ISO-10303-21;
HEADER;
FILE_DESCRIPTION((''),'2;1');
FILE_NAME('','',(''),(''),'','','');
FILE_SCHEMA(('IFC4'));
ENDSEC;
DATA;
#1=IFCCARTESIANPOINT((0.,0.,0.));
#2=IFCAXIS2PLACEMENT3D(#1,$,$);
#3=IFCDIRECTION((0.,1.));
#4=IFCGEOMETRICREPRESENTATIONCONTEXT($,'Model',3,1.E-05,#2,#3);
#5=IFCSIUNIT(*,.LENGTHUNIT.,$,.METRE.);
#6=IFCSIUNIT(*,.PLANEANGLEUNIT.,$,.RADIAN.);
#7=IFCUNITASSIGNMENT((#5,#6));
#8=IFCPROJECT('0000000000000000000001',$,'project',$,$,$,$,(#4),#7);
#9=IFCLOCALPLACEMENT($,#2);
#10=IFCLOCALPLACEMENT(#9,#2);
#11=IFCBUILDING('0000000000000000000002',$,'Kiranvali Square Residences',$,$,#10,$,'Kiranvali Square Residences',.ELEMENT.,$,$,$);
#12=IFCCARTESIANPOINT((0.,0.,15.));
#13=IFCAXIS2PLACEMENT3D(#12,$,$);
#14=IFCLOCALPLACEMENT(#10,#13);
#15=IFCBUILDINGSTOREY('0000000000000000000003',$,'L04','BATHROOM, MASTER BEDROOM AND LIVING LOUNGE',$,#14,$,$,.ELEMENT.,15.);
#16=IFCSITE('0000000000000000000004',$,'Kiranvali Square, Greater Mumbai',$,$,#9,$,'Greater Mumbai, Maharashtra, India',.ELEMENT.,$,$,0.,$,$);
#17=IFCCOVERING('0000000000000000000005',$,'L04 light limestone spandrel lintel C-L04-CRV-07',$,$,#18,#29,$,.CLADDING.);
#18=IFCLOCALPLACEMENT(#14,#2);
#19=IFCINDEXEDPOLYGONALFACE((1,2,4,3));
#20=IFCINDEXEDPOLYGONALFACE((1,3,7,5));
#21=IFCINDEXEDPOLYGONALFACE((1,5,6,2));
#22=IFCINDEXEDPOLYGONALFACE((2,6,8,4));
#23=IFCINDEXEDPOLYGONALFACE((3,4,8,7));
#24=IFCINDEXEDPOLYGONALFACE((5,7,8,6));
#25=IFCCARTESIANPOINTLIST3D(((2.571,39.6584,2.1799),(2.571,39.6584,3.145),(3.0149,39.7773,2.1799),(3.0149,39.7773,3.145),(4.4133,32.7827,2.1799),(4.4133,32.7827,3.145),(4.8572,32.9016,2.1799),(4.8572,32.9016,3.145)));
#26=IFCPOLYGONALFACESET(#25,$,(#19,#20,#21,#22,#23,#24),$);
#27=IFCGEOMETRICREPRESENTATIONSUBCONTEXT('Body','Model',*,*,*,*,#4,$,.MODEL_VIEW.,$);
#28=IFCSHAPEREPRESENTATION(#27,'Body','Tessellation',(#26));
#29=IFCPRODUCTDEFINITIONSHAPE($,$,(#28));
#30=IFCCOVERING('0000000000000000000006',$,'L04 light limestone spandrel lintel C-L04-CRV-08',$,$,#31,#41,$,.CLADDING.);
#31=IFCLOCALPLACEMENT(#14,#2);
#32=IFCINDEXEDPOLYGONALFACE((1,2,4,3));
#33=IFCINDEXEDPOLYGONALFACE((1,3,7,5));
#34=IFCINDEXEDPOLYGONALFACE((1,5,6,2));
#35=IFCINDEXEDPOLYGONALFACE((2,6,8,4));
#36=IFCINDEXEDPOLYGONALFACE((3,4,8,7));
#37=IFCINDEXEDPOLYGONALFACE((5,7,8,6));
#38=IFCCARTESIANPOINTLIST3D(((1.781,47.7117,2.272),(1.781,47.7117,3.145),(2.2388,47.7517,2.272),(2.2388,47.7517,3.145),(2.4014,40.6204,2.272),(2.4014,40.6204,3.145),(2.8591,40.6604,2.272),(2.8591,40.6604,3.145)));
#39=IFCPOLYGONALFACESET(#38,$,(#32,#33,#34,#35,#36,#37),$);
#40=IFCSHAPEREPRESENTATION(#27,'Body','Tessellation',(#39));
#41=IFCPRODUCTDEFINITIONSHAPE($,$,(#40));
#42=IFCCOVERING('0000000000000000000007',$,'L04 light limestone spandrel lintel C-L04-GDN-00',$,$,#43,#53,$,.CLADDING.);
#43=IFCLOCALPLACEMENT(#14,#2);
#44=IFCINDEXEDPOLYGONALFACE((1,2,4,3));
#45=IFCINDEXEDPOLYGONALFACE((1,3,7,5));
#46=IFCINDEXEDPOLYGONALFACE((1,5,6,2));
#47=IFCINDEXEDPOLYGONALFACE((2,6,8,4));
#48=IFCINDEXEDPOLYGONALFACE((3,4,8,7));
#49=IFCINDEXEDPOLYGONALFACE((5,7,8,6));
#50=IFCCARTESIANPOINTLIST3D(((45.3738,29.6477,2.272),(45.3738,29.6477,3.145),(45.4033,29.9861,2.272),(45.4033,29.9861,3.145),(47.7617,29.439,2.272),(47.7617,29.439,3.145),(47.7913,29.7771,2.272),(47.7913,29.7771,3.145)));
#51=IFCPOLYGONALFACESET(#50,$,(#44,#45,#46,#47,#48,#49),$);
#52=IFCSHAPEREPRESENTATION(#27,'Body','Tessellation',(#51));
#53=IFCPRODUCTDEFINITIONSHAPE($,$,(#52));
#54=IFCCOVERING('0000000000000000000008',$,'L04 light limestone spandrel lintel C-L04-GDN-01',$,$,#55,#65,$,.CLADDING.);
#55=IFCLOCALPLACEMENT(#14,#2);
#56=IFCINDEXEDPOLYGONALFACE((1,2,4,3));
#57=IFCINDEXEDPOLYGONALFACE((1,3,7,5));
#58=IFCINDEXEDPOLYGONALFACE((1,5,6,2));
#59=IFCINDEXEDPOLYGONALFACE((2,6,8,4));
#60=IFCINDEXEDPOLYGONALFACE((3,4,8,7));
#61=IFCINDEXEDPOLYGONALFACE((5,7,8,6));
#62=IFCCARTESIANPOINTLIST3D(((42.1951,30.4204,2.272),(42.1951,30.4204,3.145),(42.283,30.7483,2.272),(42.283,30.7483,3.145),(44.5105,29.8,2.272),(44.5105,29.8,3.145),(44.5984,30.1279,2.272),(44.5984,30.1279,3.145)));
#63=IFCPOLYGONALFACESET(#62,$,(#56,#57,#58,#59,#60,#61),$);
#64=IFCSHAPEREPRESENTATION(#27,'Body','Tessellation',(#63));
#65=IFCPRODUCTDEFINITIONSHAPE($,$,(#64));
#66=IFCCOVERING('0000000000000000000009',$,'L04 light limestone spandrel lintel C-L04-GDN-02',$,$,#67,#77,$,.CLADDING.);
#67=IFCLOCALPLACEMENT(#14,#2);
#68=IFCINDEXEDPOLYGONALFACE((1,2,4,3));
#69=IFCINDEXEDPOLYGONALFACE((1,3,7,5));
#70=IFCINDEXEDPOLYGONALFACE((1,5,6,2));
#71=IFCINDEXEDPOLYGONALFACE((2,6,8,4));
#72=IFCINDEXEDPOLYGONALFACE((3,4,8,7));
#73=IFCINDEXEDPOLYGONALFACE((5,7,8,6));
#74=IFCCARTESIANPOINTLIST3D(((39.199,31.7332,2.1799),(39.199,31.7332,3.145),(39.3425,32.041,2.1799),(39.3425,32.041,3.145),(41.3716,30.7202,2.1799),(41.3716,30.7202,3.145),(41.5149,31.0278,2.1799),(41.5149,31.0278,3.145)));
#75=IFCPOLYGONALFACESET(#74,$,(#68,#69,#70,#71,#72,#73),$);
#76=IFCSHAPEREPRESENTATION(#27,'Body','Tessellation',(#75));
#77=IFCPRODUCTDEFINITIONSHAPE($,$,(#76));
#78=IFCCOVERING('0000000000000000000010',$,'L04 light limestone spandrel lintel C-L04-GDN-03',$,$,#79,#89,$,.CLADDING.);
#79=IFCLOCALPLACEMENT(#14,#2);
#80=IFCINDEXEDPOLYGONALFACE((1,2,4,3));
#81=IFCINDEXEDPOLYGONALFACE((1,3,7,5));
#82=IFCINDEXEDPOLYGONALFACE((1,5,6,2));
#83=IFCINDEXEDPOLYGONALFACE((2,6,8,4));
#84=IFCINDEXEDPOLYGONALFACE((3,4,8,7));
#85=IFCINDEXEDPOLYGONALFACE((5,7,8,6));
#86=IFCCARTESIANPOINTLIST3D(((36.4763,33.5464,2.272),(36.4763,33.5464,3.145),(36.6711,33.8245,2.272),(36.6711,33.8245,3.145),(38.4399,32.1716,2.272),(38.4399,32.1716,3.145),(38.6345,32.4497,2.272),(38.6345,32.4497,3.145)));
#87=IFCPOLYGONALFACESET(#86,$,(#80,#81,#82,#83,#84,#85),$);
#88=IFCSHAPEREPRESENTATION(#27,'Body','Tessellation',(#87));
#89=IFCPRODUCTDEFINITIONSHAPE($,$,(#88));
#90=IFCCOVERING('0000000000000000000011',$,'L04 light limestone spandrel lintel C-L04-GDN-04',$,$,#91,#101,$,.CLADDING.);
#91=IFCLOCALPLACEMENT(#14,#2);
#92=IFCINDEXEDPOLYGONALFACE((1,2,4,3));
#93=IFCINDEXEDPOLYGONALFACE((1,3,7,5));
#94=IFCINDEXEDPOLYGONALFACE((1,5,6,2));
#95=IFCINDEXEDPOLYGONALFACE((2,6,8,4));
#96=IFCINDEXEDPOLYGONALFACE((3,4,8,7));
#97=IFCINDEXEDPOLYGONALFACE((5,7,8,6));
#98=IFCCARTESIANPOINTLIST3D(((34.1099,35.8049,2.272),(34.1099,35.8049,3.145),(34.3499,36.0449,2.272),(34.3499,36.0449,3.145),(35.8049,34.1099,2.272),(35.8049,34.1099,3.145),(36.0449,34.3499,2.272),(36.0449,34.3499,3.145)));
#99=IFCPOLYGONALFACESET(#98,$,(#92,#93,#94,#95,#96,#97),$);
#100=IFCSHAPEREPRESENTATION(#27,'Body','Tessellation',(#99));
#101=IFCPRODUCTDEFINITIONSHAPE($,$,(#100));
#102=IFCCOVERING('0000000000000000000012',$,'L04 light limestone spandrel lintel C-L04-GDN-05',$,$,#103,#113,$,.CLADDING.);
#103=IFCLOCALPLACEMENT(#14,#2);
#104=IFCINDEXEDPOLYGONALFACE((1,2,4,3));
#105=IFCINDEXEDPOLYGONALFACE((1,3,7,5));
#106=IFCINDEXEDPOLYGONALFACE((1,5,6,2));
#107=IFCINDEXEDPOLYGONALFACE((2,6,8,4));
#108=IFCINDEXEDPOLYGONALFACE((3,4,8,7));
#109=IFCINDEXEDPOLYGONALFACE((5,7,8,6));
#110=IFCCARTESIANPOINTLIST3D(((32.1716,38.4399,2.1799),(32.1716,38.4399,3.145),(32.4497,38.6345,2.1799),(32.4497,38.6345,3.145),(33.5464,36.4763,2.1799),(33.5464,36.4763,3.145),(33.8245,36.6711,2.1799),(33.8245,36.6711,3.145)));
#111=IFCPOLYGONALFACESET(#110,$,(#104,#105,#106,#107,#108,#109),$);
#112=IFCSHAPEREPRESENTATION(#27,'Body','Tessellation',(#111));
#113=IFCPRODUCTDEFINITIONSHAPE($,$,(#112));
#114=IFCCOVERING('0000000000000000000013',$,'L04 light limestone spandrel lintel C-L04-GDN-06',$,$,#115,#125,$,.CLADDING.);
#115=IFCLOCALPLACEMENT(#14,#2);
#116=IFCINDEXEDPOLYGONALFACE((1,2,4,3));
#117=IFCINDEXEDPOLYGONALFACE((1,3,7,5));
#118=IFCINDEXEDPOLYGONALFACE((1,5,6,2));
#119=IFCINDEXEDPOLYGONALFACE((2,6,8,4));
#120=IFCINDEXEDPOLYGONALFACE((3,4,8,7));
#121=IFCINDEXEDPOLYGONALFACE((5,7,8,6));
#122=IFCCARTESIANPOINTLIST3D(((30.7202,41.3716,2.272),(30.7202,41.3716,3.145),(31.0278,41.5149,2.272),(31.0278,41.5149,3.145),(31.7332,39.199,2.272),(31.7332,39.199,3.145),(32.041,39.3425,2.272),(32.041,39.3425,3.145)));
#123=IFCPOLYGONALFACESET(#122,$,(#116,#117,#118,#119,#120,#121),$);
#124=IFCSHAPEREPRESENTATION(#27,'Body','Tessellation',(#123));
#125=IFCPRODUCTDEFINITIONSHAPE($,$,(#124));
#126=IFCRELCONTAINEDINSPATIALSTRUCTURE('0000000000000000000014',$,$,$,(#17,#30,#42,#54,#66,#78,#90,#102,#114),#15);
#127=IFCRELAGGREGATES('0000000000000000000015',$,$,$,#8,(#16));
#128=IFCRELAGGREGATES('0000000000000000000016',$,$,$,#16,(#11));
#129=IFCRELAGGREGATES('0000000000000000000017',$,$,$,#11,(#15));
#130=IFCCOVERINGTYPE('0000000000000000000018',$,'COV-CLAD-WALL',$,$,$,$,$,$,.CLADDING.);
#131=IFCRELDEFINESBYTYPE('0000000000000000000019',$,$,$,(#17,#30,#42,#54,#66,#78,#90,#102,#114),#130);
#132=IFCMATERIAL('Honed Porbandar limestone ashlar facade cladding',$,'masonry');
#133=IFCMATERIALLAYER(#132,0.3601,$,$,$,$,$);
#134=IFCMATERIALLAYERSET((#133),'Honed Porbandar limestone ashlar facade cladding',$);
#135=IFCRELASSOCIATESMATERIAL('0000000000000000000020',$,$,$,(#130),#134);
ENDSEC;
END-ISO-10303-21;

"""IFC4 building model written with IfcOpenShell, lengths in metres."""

from ifc_helpers import new_model, si_unit, direction, frame, origin, place, context, subcontext, project, spatial, polyline, outline, extrude, material, layer, layer_set, type_object, element, save


model = new_model("IFC4")

# Units and contexts
model_context = context("Model", 3, precision=1e-05, world=origin(), true_north=direction((0.0, 1.0)))
body_context = subcontext(model_context, "Body", "Model", "MODEL_VIEW")
ifc_project = project(units=[si_unit("LENGTHUNIT", "METRE"), si_unit("PLANEANGLEUNIT", "RADIAN")], contexts=[model_context])

# Site, building, storey
site_placement = place(None, origin())
site = spatial("IfcSite", under=ifc_project, at=site_placement, Name="Kiranvali Square, Greater Mumbai", LongName="Greater Mumbai, Maharashtra, India", CompositionType="ELEMENT", RefElevation=0.0)
building_placement = place(site_placement, origin())
building = spatial("IfcBuilding", under=site, at=building_placement, Name="Kiranvali Square Residences", LongName="Kiranvali Square Residences", CompositionType="ELEMENT")
storey_placement = place(building_placement, frame((0.0, 0.0, 15.0)))
storey = spatial("IfcBuildingStorey", under=building, at=storey_placement, Name="L04", Description="BATHROOM, MASTER BEDROOM AND LIVING LOUNGE", CompositionType="ELEMENT", Elevation=15.0)

# Coverings
ifc_material = material(Name="Honed Porbandar limestone ashlar facade cladding", Category="masonry")
ifc_layer = layer(ifc_material, 0.3601)
ifc_layer_set = layer_set([ifc_layer], Name="Honed Porbandar limestone ashlar facade cladding")
covering_type = type_object("IfcCoveringType", Name="COV-CLAD-WALL", PredefinedType="CLADDING", material=ifc_layer_set)
covering_1_placement = place(storey_placement, frame((0.0, 0.0, 2.1799)))
element("IfcCovering", 1, at=covering_1_placement, inside=storey, type_object=covering_type, Name="L04 light limestone spandrel lintel C-L04-CRV-07", PredefinedType="CLADDING", context=body_context, shape_type="SweptSolid", body=[
    extrude(outline(polyline([(4.8572, 32.9016), (3.0149, 39.7773), (2.571, 39.6584), (4.4133, 32.7827), (4.8572, 32.9016)])), origin(), (0.0, 0.0, 1.0), 0.9651),
])
covering_2_placement = place(storey_placement, frame((0.0, 0.0, 2.272)))
element("IfcCovering", 2, at=covering_2_placement, inside=storey, type_object=covering_type, Name="L04 light limestone spandrel lintel C-L04-CRV-08", PredefinedType="CLADDING", context=body_context, shape_type="SweptSolid", body=[
    extrude(outline(polyline([(2.8591, 40.6604), (2.2388, 47.7517), (1.781, 47.7117), (2.4014, 40.6204), (2.8591, 40.6604)])), origin(), (0.0, 0.0, 1.0), 0.873),
])
covering_3_placement = place(storey_placement, frame((0.0, 0.0, 2.272)))
element("IfcCovering", 3, at=covering_3_placement, inside=storey, type_object=covering_type, Name="L04 light limestone spandrel lintel C-L04-GDN-00", PredefinedType="CLADDING", context=body_context, shape_type="SweptSolid", body=[
    extrude(outline(polyline([(47.7913, 29.7771), (45.4033, 29.9861), (45.3738, 29.6477), (47.7617, 29.439), (47.7913, 29.7771)])), origin(), (0.0, 0.0, 1.0), 0.873),
])
covering_4_placement = place(storey_placement, frame((0.0, 0.0, 2.272)))
element("IfcCovering", 4, at=covering_4_placement, inside=storey, type_object=covering_type, Name="L04 light limestone spandrel lintel C-L04-GDN-01", PredefinedType="CLADDING", context=body_context, shape_type="SweptSolid", body=[
    extrude(outline(polyline([(44.5984, 30.1279), (42.283, 30.7483), (42.1951, 30.4204), (44.5105, 29.8), (44.5984, 30.1279)])), origin(), (0.0, 0.0, 1.0), 0.873),
])
covering_5_placement = place(storey_placement, frame((0.0, 0.0, 2.1799)))
element("IfcCovering", 5, at=covering_5_placement, inside=storey, type_object=covering_type, Name="L04 light limestone spandrel lintel C-L04-GDN-02", PredefinedType="CLADDING", context=body_context, shape_type="SweptSolid", body=[
    extrude(outline(polyline([(41.5149, 31.0278), (39.3425, 32.041), (39.199, 31.7332), (41.3716, 30.7202), (41.5149, 31.0278)])), origin(), (0.0, 0.0, 1.0), 0.9651),
])
covering_6_placement = place(storey_placement, frame((0.0, 0.0, 2.272)))
element("IfcCovering", 6, at=covering_6_placement, inside=storey, type_object=covering_type, Name="L04 light limestone spandrel lintel C-L04-GDN-03", PredefinedType="CLADDING", context=body_context, shape_type="SweptSolid", body=[
    extrude(outline(polyline([(38.6345, 32.4497), (36.6711, 33.8245), (36.4763, 33.5464), (38.4399, 32.1716), (38.6345, 32.4497)])), origin(), (0.0, 0.0, 1.0), 0.873),
])
covering_7_placement = place(storey_placement, frame((0.0, 0.0, 2.272)))
element("IfcCovering", 7, at=covering_7_placement, inside=storey, type_object=covering_type, Name="L04 light limestone spandrel lintel C-L04-GDN-04", PredefinedType="CLADDING", context=body_context, shape_type="SweptSolid", body=[
    extrude(outline(polyline([(36.0449, 34.3499), (34.3499, 36.0449), (34.1099, 35.8049), (35.8049, 34.1099), (36.0449, 34.3499)])), origin(), (0.0, 0.0, 1.0), 0.873),
])
covering_8_placement = place(storey_placement, frame((0.0, 0.0, 2.1799)))
element("IfcCovering", 8, at=covering_8_placement, inside=storey, type_object=covering_type, Name="L04 light limestone spandrel lintel C-L04-GDN-05", PredefinedType="CLADDING", context=body_context, shape_type="SweptSolid", body=[
    extrude(outline(polyline([(33.8245, 36.6711), (32.4497, 38.6345), (32.1716, 38.4399), (33.5464, 36.4763), (33.8245, 36.6711)])), origin(), (0.0, 0.0, 1.0), 0.9651),
])
covering_9_placement = place(storey_placement, frame((0.0, 0.0, 2.272)))
element("IfcCovering", 9, at=covering_9_placement, inside=storey, type_object=covering_type, Name="L04 light limestone spandrel lintel C-L04-GDN-06", PredefinedType="CLADDING", context=body_context, shape_type="SweptSolid", body=[
    extrude(outline(polyline([(32.041, 39.3425), (31.0278, 41.5149), (30.7202, 41.3716), (31.7332, 39.199), (32.041, 39.3425)])), origin(), (0.0, 0.0, 1.0), 0.873),
])

save(model, "model.ifc")
